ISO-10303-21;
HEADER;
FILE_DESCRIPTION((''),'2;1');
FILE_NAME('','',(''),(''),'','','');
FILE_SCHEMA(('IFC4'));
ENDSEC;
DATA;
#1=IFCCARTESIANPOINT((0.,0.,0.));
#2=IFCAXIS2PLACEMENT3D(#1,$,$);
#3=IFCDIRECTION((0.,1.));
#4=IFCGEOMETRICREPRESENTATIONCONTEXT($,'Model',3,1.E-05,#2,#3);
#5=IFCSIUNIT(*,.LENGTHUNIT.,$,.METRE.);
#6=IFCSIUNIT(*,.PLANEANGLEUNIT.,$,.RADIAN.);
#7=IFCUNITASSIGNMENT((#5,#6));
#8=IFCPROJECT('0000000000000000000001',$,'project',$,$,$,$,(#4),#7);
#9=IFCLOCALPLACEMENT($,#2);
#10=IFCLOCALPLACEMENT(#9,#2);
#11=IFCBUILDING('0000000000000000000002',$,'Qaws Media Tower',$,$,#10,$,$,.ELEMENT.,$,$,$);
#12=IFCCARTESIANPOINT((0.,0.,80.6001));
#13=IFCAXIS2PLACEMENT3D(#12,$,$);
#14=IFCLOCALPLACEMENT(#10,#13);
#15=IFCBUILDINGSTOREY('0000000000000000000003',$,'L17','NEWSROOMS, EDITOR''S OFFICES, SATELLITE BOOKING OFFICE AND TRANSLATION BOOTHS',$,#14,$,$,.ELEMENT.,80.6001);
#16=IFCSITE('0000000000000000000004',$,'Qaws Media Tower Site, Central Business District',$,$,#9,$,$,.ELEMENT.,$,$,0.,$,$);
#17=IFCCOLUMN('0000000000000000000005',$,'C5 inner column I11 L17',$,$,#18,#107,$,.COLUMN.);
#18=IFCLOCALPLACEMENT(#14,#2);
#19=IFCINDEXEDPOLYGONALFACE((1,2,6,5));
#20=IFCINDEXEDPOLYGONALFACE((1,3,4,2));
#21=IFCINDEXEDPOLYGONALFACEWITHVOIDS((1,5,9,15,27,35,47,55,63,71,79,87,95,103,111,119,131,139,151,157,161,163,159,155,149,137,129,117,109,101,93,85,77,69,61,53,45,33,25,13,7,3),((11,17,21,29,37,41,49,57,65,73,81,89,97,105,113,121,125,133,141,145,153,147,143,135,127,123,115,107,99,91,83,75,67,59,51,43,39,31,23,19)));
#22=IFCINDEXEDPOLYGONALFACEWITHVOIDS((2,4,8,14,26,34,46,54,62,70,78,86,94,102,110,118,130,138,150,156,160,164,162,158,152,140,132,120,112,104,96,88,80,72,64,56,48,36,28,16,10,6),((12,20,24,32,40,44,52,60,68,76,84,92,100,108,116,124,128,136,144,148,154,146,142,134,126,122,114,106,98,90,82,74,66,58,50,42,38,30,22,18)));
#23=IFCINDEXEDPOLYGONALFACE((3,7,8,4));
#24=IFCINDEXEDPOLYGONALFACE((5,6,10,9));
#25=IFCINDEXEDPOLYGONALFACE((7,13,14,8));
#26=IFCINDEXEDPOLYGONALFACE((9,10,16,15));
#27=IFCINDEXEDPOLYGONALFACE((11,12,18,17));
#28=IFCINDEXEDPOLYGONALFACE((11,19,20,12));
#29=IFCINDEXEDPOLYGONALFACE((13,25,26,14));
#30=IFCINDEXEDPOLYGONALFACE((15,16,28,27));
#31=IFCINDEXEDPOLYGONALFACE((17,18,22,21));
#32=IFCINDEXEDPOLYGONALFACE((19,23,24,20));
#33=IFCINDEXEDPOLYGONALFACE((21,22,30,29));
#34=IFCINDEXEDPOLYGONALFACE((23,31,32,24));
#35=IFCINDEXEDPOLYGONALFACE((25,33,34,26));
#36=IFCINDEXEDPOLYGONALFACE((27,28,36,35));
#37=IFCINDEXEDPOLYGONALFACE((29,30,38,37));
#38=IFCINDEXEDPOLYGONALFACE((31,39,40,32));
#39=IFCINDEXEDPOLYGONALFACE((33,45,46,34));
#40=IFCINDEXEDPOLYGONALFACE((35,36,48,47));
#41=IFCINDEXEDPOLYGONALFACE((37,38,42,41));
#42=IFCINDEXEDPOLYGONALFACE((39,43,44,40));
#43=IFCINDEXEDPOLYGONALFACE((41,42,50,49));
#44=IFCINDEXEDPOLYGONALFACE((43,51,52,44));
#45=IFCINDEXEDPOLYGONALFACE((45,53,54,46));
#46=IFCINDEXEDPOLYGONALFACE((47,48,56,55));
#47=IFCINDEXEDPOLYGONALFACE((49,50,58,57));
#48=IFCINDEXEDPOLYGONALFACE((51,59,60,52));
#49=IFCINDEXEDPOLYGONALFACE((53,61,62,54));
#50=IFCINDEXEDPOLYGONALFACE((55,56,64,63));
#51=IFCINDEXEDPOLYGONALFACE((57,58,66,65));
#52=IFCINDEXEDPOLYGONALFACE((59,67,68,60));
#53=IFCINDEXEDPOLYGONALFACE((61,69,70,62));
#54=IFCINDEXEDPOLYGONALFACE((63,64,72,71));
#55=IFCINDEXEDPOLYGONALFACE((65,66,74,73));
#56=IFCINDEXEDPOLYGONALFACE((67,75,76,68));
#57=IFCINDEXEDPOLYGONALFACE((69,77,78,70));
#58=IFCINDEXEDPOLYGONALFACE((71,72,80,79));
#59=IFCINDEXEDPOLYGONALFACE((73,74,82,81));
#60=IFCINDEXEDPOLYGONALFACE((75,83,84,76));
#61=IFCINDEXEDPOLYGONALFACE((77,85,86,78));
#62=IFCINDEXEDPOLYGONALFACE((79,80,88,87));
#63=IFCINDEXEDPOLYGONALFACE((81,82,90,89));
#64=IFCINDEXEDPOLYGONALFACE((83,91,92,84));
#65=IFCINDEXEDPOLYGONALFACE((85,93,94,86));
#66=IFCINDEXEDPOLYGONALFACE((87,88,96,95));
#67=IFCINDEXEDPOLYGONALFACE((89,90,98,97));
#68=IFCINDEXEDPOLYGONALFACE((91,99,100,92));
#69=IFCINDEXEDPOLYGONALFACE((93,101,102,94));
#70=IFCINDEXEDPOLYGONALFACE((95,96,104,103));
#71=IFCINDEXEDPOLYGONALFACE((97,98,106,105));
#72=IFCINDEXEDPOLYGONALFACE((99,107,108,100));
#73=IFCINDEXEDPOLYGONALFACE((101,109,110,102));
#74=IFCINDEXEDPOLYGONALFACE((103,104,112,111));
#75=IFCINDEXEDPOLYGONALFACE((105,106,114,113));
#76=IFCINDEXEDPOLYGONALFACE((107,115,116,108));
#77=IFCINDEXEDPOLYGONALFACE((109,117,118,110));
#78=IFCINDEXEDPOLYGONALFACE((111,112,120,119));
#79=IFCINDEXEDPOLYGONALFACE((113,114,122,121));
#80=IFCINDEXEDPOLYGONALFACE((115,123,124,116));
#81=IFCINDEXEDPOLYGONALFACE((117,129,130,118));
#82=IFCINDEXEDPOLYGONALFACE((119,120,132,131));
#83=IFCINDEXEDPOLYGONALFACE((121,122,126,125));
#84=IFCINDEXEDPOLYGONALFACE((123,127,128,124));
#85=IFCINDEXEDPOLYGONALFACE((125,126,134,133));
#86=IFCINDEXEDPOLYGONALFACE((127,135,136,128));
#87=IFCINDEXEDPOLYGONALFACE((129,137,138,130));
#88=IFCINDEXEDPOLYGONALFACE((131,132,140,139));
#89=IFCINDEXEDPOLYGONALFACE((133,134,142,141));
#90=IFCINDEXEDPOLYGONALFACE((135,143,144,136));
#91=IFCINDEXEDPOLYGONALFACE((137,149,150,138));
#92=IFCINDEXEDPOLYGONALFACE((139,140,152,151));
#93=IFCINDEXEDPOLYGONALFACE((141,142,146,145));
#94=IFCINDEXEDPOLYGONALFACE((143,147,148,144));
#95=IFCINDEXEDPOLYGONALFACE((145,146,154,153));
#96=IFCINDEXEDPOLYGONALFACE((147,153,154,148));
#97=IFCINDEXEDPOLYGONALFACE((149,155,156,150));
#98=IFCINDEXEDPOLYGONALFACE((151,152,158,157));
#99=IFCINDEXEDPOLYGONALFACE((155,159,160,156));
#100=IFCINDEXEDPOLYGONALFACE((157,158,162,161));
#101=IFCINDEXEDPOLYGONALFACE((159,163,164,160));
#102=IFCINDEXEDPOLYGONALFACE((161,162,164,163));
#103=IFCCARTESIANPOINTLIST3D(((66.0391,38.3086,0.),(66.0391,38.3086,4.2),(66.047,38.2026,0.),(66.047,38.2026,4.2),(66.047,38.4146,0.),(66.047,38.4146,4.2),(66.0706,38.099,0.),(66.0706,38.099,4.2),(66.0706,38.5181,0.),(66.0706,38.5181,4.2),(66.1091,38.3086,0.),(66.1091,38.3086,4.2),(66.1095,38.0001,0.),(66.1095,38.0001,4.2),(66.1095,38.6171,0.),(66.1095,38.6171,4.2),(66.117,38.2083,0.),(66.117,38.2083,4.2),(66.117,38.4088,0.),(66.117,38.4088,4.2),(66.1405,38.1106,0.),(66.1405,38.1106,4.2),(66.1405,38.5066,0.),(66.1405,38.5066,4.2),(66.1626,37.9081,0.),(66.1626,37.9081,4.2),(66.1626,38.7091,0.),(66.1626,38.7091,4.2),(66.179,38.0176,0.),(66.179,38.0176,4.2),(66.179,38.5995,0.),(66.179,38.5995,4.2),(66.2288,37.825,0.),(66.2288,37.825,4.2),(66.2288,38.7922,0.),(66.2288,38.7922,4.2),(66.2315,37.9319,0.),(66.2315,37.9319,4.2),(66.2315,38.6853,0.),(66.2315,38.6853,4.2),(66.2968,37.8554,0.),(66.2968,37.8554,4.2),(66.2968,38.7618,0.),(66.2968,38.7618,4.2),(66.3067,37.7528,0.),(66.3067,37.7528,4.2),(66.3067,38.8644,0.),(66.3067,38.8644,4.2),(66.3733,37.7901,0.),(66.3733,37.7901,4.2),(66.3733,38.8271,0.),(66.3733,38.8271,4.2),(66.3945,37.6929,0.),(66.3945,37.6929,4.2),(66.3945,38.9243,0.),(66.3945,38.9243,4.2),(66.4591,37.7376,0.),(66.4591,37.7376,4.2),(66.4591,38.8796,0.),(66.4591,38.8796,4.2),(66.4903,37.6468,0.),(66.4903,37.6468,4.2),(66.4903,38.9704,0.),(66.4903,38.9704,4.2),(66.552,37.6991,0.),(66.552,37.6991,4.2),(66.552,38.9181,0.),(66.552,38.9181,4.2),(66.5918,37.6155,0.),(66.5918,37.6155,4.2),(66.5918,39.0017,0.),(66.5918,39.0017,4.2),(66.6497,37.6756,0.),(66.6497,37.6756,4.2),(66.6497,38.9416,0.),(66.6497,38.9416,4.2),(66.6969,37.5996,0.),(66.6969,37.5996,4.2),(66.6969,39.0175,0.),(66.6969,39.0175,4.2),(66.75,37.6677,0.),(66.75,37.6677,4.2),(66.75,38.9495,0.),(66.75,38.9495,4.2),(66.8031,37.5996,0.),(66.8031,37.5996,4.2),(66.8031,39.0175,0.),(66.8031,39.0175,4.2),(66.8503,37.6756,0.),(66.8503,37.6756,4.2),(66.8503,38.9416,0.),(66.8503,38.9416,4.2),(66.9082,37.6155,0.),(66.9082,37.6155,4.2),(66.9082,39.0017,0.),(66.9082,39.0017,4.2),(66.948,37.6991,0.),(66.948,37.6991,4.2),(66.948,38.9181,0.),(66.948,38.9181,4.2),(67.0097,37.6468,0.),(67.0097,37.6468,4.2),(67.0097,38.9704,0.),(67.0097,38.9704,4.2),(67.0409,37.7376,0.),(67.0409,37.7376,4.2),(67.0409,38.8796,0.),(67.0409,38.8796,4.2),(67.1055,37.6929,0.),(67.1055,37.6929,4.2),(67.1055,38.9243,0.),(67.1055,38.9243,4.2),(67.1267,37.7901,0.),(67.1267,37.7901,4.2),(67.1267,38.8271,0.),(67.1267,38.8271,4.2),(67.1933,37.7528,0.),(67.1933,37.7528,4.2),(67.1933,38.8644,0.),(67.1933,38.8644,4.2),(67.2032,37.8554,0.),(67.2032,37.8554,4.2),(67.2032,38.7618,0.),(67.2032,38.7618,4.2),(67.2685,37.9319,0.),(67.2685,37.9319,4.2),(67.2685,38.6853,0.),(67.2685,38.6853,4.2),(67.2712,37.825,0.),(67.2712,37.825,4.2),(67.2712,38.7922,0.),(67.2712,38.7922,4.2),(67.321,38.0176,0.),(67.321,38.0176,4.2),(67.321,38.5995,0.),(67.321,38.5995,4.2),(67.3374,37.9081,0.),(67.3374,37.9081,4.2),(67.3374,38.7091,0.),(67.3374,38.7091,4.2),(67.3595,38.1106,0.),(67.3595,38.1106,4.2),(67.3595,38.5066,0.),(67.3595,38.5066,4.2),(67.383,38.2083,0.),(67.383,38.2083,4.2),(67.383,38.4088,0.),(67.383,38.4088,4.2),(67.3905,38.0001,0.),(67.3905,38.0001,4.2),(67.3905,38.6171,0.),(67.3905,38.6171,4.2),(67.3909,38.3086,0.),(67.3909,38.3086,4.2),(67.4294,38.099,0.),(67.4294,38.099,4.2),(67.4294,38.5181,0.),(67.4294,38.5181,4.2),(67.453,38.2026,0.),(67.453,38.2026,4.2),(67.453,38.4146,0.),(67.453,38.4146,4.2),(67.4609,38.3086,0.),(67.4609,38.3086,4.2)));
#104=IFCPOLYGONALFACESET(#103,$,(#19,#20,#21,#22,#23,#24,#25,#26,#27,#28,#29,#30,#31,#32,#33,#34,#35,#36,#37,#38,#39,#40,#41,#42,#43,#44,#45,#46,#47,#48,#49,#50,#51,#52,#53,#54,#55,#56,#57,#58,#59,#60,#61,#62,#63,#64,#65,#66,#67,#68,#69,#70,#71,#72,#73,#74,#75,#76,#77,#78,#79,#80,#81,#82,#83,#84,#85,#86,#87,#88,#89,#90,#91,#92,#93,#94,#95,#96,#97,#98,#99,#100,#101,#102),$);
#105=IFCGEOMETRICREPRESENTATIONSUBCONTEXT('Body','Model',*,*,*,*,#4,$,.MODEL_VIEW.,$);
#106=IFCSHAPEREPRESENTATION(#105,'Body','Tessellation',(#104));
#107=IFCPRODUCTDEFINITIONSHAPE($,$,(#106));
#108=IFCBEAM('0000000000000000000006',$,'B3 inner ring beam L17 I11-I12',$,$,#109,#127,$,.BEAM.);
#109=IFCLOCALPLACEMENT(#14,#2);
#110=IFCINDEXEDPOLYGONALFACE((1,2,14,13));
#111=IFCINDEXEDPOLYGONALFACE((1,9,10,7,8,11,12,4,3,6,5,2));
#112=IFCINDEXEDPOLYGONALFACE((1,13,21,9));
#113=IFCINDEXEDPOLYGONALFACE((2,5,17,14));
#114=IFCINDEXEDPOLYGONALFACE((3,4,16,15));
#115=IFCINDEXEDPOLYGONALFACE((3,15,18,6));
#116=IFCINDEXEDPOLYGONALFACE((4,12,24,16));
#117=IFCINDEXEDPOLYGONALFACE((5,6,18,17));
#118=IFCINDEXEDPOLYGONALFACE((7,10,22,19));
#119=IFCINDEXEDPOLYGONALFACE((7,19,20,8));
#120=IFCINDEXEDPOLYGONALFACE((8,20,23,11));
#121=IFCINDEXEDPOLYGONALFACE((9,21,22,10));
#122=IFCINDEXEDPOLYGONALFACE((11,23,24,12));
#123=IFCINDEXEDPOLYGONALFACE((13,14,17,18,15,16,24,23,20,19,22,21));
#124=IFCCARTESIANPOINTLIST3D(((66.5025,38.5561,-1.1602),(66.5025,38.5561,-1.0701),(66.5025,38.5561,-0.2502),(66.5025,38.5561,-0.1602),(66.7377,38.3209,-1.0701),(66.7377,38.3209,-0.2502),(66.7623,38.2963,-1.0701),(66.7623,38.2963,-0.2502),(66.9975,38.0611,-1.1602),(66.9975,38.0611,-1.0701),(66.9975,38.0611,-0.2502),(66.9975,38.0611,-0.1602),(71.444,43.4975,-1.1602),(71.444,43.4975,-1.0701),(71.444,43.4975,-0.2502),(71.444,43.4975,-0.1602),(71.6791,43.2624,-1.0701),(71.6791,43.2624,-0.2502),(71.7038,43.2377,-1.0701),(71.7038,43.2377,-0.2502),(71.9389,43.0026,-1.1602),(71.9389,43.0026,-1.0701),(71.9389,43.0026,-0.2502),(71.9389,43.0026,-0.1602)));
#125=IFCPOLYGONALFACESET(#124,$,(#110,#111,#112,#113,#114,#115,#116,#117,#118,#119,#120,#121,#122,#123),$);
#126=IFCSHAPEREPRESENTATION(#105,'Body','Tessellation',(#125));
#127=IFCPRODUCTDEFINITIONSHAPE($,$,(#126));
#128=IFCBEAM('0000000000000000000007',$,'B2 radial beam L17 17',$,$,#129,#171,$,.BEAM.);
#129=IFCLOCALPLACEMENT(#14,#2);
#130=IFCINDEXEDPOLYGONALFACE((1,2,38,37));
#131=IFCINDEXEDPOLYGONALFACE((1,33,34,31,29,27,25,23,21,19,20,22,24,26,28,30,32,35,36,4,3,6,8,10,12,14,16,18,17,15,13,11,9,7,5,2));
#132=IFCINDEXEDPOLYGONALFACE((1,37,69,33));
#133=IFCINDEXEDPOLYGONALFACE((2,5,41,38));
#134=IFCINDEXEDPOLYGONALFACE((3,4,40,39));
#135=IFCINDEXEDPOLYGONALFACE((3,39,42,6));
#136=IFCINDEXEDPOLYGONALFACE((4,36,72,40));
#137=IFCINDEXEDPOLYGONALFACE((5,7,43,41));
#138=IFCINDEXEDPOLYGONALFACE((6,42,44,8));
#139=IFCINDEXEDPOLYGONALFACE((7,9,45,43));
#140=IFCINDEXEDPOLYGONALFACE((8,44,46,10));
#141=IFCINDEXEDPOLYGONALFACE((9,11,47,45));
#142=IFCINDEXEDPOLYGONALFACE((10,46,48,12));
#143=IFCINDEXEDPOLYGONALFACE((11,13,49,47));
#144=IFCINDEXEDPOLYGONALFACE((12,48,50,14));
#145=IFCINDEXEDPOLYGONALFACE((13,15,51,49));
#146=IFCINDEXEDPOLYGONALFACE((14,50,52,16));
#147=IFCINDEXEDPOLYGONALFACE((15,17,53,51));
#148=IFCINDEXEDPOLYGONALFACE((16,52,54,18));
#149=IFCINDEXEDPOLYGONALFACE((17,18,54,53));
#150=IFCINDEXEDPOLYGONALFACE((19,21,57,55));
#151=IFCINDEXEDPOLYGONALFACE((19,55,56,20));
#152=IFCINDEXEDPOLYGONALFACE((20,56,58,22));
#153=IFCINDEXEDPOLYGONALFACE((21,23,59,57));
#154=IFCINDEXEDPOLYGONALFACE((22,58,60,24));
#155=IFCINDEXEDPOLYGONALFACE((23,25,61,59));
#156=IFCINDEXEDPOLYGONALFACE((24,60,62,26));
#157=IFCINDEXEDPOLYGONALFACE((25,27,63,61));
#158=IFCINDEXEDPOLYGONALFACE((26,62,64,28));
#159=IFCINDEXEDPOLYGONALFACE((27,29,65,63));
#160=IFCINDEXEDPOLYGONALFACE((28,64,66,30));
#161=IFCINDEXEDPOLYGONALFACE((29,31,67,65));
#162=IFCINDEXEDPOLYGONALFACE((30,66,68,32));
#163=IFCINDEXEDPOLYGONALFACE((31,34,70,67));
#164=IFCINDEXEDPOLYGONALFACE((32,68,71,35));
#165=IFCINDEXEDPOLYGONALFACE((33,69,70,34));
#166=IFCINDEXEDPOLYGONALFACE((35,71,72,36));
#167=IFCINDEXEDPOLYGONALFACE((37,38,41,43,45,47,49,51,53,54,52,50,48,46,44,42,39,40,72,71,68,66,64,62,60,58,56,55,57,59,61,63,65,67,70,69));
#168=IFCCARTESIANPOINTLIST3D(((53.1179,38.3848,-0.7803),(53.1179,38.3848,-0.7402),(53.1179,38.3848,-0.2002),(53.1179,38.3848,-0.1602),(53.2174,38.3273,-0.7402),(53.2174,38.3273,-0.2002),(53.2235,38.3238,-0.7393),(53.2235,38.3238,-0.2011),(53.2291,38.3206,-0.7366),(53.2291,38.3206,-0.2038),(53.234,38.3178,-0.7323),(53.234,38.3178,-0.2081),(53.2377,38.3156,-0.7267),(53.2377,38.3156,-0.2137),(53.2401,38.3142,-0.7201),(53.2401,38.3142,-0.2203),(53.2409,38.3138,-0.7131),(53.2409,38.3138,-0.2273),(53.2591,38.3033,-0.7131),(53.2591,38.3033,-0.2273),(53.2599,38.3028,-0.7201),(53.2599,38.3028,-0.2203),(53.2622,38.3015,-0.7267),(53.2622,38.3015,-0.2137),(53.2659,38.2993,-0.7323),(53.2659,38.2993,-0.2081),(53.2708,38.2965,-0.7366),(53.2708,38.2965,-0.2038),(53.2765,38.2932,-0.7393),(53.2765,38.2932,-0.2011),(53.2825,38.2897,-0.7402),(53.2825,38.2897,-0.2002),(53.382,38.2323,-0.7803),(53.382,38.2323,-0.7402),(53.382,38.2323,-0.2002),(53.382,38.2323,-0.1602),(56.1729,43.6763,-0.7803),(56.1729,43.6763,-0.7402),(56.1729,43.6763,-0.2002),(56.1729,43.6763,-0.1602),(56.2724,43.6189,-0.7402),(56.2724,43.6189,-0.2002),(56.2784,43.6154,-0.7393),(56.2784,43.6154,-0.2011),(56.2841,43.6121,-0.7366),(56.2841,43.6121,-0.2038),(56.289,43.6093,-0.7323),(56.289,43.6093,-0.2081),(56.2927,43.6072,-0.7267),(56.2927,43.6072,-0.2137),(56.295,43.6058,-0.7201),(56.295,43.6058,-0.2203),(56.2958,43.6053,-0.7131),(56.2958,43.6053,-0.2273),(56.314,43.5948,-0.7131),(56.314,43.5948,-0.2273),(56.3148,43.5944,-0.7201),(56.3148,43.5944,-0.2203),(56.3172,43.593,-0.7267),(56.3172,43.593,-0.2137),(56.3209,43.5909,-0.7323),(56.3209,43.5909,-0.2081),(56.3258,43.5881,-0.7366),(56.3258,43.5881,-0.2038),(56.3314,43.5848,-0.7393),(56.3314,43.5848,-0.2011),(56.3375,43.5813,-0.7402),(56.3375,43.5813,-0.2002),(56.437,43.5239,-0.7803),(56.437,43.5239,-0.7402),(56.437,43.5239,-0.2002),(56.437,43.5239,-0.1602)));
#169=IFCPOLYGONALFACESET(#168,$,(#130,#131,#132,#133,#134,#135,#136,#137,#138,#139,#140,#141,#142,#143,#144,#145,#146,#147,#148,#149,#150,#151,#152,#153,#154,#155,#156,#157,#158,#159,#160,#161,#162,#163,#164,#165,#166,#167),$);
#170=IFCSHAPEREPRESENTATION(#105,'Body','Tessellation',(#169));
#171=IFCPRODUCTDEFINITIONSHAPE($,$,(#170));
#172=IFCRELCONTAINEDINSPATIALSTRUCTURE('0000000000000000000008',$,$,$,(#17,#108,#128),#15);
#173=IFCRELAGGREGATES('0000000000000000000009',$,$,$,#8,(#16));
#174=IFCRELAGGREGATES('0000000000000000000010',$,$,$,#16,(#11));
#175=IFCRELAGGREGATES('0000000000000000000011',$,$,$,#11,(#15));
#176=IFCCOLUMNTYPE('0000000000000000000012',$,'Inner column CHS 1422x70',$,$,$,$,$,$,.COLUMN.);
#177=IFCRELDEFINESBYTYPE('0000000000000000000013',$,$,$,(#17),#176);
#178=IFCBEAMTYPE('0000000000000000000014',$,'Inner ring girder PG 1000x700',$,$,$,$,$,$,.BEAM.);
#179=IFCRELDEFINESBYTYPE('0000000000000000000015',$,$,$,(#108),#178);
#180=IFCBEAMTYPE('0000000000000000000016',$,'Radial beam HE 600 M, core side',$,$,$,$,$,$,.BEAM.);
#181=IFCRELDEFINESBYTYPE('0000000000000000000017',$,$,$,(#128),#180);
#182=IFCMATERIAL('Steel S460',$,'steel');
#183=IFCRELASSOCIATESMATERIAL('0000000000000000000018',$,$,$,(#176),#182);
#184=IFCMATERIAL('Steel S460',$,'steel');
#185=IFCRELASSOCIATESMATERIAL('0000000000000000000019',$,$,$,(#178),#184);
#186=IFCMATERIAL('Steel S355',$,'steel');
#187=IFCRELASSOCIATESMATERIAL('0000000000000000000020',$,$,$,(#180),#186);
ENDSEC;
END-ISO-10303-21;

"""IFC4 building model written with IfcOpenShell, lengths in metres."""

from ifc_helpers import new_model, si_unit, direction, frame, origin, origin_2d, place, context, subcontext, project, spatial, hollow_circle, i_section, extrude, material, material_profile, profile_set, type_object, element, save


model = new_model("IFC4")

# Units and contexts
model_context = context("Model", 3, precision=1e-05, world=origin(), true_north=direction((0.0, 1.0)))
body_context = subcontext(model_context, "Body", "Model", "MODEL_VIEW")
ifc_project = project(units=[si_unit("LENGTHUNIT", "METRE"), si_unit("PLANEANGLEUNIT", "RADIAN")], contexts=[model_context])

# Site, building, storey
site_placement = place(None, origin())
site = spatial("IfcSite", under=ifc_project, at=site_placement, Name="Qaws Media Tower Site, Central Business District", CompositionType="ELEMENT", RefElevation=0.0)
building_placement = place(site_placement, origin())
building = spatial("IfcBuilding", under=site, at=building_placement, Name="Qaws Media Tower", CompositionType="ELEMENT")
storey_placement = place(building_placement, frame((0.0, 0.0, 80.6001)))
storey = spatial("IfcBuildingStorey", under=building, at=storey_placement, Name="L17", Description="NEWSROOMS, EDITOR'S OFFICES, SATELLITE BOOKING OFFICE AND TRANSLATION BOOTHS", CompositionType="ELEMENT", Elevation=80.6001)

# Column
ifc_material_1 = material(Name="Steel S460", Category="steel")
ifc_material_profile_1 = material_profile(ifc_material_1, hollow_circle(Radius=0.7109, WallThickness=0.0701, at=origin_2d()), Name="CHS 1422x70")
ifc_profile_set_1 = profile_set([ifc_material_profile_1], Name="Steel S460")
column_type = type_object("IfcColumnType", Name="Inner column CHS 1422x70", PredefinedType="COLUMN", material=ifc_profile_set_1)
column_placement = place(storey_placement, frame((66.75, 38.3086, 0.0), z_axis=(0.0, 0.0, 1.0), x_axis=(1.0, 0.0, 0.0)))
element("IfcColumn", 1, at=column_placement, inside=storey, type_object=column_type, Name="C5 inner column I11 L17", PredefinedType="COLUMN", context=body_context, shape_type="SweptSolid", body=[
    extrude(hollow_circle(Radius=0.7109, WallThickness=0.0701, at=origin_2d()), origin(), (0.0, 0.0, 1.0), 4.2),
])

# Beams
ifc_material_2 = material(Name="Steel S460", Category="steel")
ifc_material_profile_2 = material_profile(ifc_material_2, i_section(OverallWidth=0.7, OverallDepth=1.0, WebThickness=0.0349, FlangeThickness=0.0901, at=origin_2d()), Name="PG 1000x700")
ifc_profile_set_2 = profile_set([ifc_material_profile_2], Name="Steel S460")
beam_type_1 = type_object("IfcBeamType", Name="Inner ring girder PG 1000x700", PredefinedType="BEAM", material=ifc_profile_set_2)
beam_1_placement = place(storey_placement, frame((66.75, 38.3086, -0.6602), z_axis=(0.707107, 0.707107, 0.0), x_axis=(-0.707107, 0.707107, 0.0)))
element("IfcBeam", 2, at=beam_1_placement, inside=storey, type_object=beam_type_1, Name="B3 inner ring beam L17 I11-I12", PredefinedType="BEAM", context=body_context, shape_type="SweptSolid", body=[
    extrude(i_section(OverallWidth=0.7, OverallDepth=1.0, WebThickness=0.0349, FlangeThickness=0.0901, at=origin_2d()), origin(), (0.0, 0.0, 1.0), 6.9883),
])
ifc_material_3 = material(Name="Steel S355", Category="steel")
ifc_material_profile_3 = material_profile(ifc_material_3, i_section(OverallWidth=0.3049, OverallDepth=0.6201, WebThickness=0.021, FlangeThickness=0.04, FilletRadius=0.0271, at=origin_2d()), Name="HE 600 M")
ifc_profile_set_3 = profile_set([ifc_material_profile_3], Name="Steel S355")
beam_type_2 = type_object("IfcBeamType", Name="Radial beam HE 600 M, core side", PredefinedType="BEAM", material=ifc_profile_set_3)
beam_2_placement = place(storey_placement, frame((56.3049, 43.6001, -0.4702), z_axis=(-0.499985, -0.866034, 0.0), x_axis=(0.866034, -0.499985, 0.0)))
element("IfcBeam", 3, at=beam_2_placement, inside=storey, type_object=beam_type_2, Name="B2 radial beam L17 17", PredefinedType="BEAM", context=body_context, shape_type="SweptSolid", body=[
    extrude(i_section(OverallWidth=0.3049, OverallDepth=0.6201, WebThickness=0.021, FlangeThickness=0.04, FilletRadius=0.0271, at=origin_2d()), origin(), (0.0, 0.0, 1.0), 6.1101),
])

save(model, "model.ifc")
